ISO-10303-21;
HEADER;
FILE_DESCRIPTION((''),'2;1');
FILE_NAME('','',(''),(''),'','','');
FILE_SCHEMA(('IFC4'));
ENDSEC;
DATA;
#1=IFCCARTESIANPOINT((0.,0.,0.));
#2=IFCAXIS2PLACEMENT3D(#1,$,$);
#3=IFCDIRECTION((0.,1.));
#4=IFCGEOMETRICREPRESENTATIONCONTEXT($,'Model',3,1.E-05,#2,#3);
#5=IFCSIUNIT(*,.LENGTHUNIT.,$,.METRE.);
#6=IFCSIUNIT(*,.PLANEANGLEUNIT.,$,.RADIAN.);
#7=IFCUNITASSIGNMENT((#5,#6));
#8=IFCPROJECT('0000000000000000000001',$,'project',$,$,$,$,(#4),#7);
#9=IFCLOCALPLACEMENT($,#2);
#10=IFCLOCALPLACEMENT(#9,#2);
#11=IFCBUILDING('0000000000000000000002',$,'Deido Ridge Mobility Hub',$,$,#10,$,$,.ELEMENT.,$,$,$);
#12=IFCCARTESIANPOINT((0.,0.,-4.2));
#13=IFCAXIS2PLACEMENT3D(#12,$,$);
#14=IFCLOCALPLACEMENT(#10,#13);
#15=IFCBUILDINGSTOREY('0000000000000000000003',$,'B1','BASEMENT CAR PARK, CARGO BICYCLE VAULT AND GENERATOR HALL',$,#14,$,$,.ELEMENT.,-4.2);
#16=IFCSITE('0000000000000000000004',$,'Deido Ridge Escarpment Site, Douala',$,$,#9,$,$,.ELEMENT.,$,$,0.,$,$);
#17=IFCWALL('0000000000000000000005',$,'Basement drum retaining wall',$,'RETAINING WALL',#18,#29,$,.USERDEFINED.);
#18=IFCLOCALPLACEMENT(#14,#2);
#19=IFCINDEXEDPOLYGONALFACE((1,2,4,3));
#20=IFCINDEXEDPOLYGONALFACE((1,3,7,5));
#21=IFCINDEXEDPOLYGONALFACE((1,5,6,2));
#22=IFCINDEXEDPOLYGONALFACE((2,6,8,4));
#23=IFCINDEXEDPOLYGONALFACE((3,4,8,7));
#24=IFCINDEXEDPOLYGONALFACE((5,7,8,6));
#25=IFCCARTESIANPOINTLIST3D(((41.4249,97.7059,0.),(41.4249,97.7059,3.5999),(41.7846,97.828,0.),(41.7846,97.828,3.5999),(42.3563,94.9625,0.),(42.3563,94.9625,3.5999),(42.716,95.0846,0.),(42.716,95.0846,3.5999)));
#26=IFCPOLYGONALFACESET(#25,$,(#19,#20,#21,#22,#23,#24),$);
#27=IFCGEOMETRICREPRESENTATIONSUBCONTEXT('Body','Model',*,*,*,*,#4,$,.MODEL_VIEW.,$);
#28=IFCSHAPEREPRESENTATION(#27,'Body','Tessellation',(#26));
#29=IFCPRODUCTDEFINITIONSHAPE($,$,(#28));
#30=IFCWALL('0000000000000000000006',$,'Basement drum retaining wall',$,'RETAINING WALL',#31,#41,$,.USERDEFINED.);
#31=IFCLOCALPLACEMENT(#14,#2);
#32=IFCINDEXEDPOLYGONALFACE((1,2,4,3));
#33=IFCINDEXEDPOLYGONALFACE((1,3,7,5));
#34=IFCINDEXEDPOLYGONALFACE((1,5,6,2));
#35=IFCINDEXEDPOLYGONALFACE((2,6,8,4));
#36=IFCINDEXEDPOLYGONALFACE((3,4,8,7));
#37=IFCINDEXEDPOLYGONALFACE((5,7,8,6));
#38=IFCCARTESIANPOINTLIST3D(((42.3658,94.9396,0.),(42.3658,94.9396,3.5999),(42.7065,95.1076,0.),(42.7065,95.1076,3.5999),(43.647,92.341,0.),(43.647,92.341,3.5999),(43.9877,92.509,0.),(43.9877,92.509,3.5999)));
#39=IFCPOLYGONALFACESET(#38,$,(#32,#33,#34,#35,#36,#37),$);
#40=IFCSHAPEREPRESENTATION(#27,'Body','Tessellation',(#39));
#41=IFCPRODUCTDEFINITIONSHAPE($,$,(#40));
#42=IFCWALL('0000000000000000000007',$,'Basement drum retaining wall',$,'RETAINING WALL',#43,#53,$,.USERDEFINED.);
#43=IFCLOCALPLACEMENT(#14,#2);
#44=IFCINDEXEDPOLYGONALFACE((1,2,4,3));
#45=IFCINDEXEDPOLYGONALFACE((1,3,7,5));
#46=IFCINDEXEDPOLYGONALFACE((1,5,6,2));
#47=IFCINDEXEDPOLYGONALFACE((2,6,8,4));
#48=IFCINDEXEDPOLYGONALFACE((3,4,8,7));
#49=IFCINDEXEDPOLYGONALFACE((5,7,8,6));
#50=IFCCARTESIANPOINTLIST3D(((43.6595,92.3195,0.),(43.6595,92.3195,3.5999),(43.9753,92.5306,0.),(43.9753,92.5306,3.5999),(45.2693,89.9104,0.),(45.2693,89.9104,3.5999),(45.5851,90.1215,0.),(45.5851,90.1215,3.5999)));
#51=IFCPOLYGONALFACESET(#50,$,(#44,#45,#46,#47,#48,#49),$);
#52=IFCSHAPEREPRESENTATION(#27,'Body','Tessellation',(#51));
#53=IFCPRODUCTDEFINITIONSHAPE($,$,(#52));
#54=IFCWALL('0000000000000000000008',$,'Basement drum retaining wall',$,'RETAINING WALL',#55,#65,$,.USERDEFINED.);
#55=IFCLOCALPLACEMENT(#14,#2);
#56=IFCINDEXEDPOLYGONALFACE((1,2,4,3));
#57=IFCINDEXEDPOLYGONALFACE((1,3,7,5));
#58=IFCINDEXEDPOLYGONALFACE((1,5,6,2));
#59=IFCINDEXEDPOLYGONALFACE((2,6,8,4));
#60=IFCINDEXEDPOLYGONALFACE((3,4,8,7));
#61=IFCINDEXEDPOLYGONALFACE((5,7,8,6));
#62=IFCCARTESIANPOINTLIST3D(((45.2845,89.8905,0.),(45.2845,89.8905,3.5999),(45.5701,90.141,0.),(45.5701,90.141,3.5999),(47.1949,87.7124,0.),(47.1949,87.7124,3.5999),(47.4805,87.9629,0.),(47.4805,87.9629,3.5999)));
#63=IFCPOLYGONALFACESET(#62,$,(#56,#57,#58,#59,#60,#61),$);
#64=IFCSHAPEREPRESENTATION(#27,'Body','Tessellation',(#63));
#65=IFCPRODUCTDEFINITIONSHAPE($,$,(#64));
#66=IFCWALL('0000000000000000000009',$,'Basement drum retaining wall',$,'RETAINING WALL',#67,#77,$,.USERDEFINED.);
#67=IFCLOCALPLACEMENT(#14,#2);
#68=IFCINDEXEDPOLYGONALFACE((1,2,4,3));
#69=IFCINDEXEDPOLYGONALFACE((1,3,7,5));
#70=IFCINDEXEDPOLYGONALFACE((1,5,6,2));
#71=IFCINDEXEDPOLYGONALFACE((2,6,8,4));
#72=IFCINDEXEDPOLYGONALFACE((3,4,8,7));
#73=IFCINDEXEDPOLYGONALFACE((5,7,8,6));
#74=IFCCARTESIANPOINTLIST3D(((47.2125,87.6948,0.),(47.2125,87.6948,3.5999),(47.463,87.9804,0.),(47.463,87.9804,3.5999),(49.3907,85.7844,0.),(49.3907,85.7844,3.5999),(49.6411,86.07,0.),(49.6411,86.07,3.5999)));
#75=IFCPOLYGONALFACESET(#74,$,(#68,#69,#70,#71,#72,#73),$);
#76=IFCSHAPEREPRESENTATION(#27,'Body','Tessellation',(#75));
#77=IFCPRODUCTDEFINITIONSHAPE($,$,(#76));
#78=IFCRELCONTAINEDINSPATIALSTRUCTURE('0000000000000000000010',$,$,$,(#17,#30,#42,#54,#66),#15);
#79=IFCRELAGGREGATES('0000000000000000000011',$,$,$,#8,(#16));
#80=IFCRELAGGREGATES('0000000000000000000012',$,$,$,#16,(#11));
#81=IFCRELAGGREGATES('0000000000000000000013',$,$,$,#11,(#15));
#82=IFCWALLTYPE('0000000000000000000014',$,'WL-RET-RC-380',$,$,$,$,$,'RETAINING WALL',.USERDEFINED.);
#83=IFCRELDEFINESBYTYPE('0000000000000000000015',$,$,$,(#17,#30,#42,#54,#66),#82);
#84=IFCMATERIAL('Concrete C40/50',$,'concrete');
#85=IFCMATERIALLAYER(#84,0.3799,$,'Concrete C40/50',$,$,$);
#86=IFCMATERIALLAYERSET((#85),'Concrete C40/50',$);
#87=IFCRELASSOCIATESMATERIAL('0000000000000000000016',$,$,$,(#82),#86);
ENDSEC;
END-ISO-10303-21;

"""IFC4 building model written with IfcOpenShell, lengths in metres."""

from ifc_helpers import new_model, si_unit, direction, frame, frame_2d, origin, place, context, subcontext, project, spatial, rectangle, extrude, material, layer, layer_set, type_object, element, save


model = new_model("IFC4")

# Units and contexts
model_context = context("Model", 3, precision=1e-05, world=origin(), true_north=direction((0.0, 1.0)))
body_context = subcontext(model_context, "Body", "Model", "MODEL_VIEW")
ifc_project = project(units=[si_unit("LENGTHUNIT", "METRE"), si_unit("PLANEANGLEUNIT", "RADIAN")], contexts=[model_context])

# Site, building, storey
site_placement = place(None, origin())
site = spatial("IfcSite", under=ifc_project, at=site_placement, Name="Deido Ridge Escarpment Site, Douala", CompositionType="ELEMENT", RefElevation=0.0)
building_placement = place(site_placement, origin())
building = spatial("IfcBuilding", under=site, at=building_placement, Name="Deido Ridge Mobility Hub", CompositionType="ELEMENT")
storey_placement = place(building_placement, frame((0.0, 0.0, -4.2)))
storey = spatial("IfcBuildingStorey", under=building, at=storey_placement, Name="B1", Description="BASEMENT CAR PARK, CARGO BICYCLE VAULT AND GENERATOR HALL", CompositionType="ELEMENT", Elevation=-4.2)

# Shared definitions
ifc_material_1 = material(Name="Concrete C40/50", Category="concrete")

# Walls
ifc_layer = layer(ifc_material_1, 0.3799, Name="Concrete C40/50")
ifc_layer_set = layer_set([ifc_layer], Name="Concrete C40/50")
wall_type = type_object("IfcWallType", Name="WL-RET-RC-380", ElementType="RETAINING WALL", PredefinedType="USERDEFINED", material=ifc_layer_set)
for number, where, z_axis, x_axis, name in (
    (1, (41.6047, 97.7671, 0.0), (0.0, 0.0, 1.0), (0.321481, -0.946916, 0.0), "Basement drum retaining wall"),
    (2, (42.5361, 95.0237, 0.0), (0.0, 0.0, 1.0), (0.442218, -0.896907, 0.0), "Basement drum retaining wall"),
):
    element("IfcWall", number, at=place(storey_placement, frame(where, z_axis=z_axis, x_axis=x_axis)), inside=storey, type_object=wall_type, Name=name, ObjectType="RETAINING WALL", PredefinedType="USERDEFINED", context=body_context, shape_type="SweptSolid", body=[
        extrude(rectangle(XDim=2.8972, YDim=0.3799, at=frame_2d((1.4487, 0.0))), origin(), (0.0, 0.0, 1.0), 3.5999),
    ])
wall_1_placement = place(storey_placement, frame((43.8174, 92.425, 0.0), z_axis=(0.0, 0.0, 1.0), x_axis=(0.555594, -0.831454, 0.0)))
element("IfcWall", 3, at=wall_1_placement, inside=storey, type_object=wall_type, Name="Basement drum retaining wall", ObjectType="RETAINING WALL", PredefinedType="USERDEFINED", context=body_context, shape_type="SweptSolid", body=[
    extrude(rectangle(XDim=2.8975, YDim=0.3799, at=frame_2d((1.4487, 0.0))), origin(), (0.0, 0.0, 1.0), 3.5999),
])
for number, where, z_axis, x_axis, name in (
    (4, (45.4272, 90.0159, 0.0), (0.0, 0.0, 1.0), (0.659375, -0.751814, 0.0), "Basement drum retaining wall"),
    (5, (47.3376, 87.8376, 0.0), (0.0, 0.0, 1.0), (0.751814, -0.659375, 0.0), "Basement drum retaining wall"),
):
    element("IfcWall", number, at=place(storey_placement, frame(where, z_axis=z_axis, x_axis=x_axis)), inside=storey, type_object=wall_type, Name=name, ObjectType="RETAINING WALL", PredefinedType="USERDEFINED", context=body_context, shape_type="SweptSolid", body=[
        extrude(rectangle(XDim=2.8972, YDim=0.3799, at=frame_2d((1.4487, 0.0))), origin(), (0.0, 0.0, 1.0), 3.5999),
    ])

save(model, "model.ifc")
